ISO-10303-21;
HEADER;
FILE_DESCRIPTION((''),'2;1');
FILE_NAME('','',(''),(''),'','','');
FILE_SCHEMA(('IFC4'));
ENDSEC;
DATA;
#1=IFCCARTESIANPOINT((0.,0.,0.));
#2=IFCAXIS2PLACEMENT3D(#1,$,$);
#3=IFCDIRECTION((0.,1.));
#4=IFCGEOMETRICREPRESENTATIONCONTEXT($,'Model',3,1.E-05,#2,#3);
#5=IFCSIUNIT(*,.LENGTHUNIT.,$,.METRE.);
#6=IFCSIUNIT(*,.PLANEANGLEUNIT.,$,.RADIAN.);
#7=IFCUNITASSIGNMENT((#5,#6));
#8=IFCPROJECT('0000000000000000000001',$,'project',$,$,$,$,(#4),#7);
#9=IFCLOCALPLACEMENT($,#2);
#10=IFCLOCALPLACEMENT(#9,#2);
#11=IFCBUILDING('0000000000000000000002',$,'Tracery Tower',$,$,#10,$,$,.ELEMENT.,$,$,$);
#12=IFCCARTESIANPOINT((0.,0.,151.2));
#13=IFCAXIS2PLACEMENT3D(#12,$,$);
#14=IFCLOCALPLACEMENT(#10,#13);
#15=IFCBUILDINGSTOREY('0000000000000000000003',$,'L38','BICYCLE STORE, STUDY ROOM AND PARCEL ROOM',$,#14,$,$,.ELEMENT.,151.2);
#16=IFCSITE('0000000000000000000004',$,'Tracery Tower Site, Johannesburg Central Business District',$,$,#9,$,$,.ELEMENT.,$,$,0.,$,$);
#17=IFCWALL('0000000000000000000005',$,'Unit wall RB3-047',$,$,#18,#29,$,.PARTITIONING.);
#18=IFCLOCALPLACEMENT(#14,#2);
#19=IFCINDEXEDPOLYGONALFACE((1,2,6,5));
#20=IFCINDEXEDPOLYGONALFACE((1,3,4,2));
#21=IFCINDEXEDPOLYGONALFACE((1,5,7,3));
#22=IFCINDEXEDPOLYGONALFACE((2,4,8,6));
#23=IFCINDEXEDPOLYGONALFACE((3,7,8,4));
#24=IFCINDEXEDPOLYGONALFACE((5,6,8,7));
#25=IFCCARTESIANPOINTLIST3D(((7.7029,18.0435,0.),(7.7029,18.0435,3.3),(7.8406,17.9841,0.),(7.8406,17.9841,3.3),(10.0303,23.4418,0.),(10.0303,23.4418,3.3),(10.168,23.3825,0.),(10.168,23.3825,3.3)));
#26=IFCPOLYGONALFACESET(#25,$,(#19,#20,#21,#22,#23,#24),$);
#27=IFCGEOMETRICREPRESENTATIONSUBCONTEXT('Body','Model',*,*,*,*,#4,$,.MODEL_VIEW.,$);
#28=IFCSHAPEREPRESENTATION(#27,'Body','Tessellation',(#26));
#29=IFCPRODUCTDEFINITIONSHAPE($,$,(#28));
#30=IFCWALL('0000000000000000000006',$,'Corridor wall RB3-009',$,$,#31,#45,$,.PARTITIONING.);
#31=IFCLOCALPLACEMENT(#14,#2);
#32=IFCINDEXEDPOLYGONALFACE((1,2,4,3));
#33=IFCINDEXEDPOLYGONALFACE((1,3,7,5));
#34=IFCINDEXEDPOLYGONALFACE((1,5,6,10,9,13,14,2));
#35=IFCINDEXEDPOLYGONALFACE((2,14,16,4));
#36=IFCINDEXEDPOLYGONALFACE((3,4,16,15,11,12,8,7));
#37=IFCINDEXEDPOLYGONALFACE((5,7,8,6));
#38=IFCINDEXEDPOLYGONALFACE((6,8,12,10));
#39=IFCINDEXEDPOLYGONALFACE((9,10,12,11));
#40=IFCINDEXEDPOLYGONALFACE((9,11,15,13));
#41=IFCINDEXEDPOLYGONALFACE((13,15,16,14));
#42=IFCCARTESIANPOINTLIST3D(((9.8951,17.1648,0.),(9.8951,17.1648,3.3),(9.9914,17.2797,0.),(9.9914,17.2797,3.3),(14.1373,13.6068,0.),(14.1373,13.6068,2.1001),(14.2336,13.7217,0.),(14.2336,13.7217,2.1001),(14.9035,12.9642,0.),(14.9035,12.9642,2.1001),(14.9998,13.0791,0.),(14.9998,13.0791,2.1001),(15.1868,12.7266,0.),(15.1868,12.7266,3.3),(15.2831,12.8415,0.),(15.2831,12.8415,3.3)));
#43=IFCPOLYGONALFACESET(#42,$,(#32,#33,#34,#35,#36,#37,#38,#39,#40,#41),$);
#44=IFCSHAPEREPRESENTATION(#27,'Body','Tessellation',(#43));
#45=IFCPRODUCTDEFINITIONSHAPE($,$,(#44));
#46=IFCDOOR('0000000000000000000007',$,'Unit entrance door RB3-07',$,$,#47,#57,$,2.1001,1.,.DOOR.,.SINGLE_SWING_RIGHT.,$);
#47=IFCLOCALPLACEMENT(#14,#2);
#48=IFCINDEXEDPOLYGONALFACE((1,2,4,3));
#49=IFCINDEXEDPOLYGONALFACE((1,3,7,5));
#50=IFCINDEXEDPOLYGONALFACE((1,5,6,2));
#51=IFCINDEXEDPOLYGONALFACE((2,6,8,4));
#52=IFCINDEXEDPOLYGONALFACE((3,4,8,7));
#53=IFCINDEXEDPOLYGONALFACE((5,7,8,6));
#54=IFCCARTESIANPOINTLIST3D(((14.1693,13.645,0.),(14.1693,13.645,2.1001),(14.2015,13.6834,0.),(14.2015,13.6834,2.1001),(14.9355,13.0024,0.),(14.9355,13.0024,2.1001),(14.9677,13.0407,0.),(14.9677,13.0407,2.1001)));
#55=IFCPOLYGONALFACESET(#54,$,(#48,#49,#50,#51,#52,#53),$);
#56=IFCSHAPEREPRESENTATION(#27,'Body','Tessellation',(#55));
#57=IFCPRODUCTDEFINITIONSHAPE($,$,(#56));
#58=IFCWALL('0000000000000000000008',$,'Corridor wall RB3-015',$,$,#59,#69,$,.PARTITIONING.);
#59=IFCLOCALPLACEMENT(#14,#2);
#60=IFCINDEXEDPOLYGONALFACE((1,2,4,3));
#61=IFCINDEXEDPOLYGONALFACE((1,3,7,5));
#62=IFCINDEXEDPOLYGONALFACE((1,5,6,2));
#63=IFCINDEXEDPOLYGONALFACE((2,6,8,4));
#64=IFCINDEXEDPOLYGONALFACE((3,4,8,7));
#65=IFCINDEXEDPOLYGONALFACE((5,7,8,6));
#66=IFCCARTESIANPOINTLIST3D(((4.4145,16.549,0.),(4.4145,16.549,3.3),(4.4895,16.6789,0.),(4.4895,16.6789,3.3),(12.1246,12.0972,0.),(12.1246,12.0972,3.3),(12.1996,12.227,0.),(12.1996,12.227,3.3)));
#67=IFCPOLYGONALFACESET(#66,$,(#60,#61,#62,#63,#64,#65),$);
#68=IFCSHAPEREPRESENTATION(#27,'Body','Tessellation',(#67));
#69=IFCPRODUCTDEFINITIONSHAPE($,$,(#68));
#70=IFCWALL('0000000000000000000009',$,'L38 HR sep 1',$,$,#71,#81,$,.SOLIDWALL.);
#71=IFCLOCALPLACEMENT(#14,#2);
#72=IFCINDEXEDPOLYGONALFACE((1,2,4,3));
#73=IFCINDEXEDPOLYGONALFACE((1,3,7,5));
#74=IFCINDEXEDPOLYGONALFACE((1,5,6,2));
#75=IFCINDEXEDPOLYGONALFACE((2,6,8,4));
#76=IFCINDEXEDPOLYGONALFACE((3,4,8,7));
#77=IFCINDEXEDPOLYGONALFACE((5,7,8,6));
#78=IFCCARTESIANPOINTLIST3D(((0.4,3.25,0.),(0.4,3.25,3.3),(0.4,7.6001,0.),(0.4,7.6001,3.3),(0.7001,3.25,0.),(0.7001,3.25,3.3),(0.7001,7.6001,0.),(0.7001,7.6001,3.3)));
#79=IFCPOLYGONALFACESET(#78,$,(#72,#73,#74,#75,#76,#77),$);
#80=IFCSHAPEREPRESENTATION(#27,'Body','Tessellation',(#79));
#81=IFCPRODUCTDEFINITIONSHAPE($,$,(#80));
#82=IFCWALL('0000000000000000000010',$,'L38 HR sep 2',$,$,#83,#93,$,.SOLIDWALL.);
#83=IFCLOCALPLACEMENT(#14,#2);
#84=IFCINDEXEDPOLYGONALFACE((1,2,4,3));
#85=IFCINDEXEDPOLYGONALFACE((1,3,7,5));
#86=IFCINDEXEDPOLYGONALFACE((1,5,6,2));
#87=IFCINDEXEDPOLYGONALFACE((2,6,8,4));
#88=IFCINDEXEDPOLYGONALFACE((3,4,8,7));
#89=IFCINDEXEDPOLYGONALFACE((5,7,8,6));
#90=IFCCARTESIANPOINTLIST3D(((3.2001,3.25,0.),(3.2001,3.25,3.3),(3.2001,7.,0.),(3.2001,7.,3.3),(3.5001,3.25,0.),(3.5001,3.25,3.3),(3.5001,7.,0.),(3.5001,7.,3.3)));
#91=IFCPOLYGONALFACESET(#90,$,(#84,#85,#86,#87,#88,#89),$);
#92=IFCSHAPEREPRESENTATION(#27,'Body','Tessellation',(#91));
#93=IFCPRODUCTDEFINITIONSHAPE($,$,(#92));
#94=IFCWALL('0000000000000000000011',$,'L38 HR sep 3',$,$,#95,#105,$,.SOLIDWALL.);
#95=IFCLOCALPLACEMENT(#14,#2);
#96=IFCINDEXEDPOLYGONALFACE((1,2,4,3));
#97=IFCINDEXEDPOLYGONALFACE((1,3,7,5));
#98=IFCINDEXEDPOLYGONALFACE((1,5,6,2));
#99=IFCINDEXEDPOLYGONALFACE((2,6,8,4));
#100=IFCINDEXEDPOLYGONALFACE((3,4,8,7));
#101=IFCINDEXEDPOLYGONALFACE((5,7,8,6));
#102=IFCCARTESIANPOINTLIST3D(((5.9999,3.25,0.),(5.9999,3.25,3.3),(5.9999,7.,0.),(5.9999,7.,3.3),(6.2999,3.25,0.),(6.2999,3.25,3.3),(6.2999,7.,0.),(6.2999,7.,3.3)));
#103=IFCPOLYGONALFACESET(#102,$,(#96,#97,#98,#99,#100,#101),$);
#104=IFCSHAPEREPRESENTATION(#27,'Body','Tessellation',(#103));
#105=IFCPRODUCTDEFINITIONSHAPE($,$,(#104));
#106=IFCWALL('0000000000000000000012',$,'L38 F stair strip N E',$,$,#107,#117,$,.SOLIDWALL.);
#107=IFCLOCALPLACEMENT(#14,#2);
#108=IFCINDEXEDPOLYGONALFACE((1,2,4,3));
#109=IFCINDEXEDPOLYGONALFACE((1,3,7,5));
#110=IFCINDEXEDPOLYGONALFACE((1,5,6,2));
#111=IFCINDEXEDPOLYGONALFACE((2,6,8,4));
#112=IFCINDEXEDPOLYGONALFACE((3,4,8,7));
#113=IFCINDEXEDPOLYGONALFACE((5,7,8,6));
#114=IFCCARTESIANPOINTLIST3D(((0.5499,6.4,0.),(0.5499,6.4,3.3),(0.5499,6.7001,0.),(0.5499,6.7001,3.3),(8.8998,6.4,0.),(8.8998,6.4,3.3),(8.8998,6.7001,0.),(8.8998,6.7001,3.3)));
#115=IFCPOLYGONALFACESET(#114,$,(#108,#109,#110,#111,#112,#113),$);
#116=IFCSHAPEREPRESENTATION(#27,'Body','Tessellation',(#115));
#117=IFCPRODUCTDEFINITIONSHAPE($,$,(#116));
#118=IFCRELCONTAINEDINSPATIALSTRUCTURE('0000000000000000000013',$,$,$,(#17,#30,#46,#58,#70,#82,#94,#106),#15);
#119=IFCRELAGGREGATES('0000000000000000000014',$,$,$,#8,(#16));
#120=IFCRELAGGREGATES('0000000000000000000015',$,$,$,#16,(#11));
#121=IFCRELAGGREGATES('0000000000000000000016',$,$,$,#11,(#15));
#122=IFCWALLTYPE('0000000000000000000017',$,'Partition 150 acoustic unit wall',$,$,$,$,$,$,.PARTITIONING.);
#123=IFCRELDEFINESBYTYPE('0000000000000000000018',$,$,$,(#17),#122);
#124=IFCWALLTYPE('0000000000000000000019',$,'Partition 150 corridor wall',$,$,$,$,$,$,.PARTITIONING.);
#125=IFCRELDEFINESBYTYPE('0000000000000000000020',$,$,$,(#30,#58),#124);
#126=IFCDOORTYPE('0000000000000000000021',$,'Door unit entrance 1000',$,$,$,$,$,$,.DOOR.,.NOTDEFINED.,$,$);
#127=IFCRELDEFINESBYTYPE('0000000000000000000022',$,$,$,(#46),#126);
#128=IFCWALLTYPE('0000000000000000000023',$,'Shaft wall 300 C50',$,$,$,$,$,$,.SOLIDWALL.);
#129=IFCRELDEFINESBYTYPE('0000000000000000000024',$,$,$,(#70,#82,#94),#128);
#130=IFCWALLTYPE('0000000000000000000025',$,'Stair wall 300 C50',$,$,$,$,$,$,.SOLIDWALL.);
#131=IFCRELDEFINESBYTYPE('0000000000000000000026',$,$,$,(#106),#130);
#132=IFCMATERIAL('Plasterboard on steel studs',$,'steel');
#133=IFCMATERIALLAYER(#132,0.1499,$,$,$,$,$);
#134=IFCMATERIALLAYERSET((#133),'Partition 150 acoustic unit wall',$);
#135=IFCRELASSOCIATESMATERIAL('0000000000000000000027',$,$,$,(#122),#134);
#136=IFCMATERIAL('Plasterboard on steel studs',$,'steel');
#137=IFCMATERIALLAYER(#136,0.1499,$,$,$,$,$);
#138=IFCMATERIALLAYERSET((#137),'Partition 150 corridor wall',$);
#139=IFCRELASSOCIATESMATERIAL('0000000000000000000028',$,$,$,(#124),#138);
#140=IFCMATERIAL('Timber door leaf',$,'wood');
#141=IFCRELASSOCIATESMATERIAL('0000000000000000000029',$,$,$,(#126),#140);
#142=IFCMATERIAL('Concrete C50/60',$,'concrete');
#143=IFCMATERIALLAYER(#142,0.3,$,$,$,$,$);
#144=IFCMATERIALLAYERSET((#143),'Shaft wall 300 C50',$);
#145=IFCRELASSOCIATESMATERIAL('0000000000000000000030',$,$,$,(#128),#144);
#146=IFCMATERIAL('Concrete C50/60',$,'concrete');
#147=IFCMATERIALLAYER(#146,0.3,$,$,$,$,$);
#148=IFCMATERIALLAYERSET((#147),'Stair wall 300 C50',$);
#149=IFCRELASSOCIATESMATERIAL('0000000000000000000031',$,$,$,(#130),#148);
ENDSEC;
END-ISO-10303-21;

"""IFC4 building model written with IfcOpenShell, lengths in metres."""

from ifc_helpers import new_model, si_unit, direction, frame, frame_2d, origin, place, context, subcontext, project, spatial, rectangle, extrude, material, layer, layer_set, type_object, element, fill, save


model = new_model("IFC4")

# Units and contexts
model_context = context("Model", 3, precision=1e-05, world=origin(), true_north=direction((0.0, 1.0)))
body_context = subcontext(model_context, "Body", "Model", "MODEL_VIEW")
ifc_project = project(units=[si_unit("LENGTHUNIT", "METRE"), si_unit("PLANEANGLEUNIT", "RADIAN")], contexts=[model_context])

# Site, building, storey
site_placement = place(None, origin())
site = spatial("IfcSite", under=ifc_project, at=site_placement, Name="Tracery Tower Site, Johannesburg Central Business District", CompositionType="ELEMENT", RefElevation=0.0)
building_placement = place(site_placement, origin())
building = spatial("IfcBuilding", under=site, at=building_placement, Name="Tracery Tower", CompositionType="ELEMENT")
storey_placement = place(building_placement, frame((0.0, 0.0, 151.2)))
storey = spatial("IfcBuildingStorey", under=building, at=storey_placement, Name="L38", Description="BICYCLE STORE, STUDY ROOM AND PARCEL ROOM", CompositionType="ELEMENT", Elevation=151.2)

# Wall
ifc_material_1 = material(Name="Plasterboard on steel studs", Category="steel")
ifc_layer_1 = layer(ifc_material_1, 0.1499)
ifc_layer_set_1 = layer_set([ifc_layer_1], Name="Partition 150 acoustic unit wall")
wall_type_1 = type_object("IfcWallType", Name="Partition 150 acoustic unit wall", PredefinedType="PARTITIONING", material=ifc_layer_set_1)
wall_1_placement = place(storey_placement, frame((7.7717, 18.0137, 0.0), z_axis=(0.0, 0.0, 1.0), x_axis=(0.395898, 0.918294, 0.0)))
element("IfcWall", 1, at=wall_1_placement, inside=storey, type_object=wall_type_1, Name="Unit wall RB3-047", PredefinedType="PARTITIONING", context=body_context, shape_type="SweptSolid", body=[
    extrude(rectangle(XDim=5.8787, YDim=0.1499, at=frame_2d((2.9395, 0.0))), origin(), (0.0, 0.0, 1.0), 3.3),
])

# Wall, opening, door
ifc_material_2 = material(Name="Plasterboard on steel studs", Category="steel")
ifc_layer_2 = layer(ifc_material_2, 0.1499)
ifc_layer_set_2 = layer_set([ifc_layer_2], Name="Partition 150 corridor wall")
wall_type_2 = type_object("IfcWallType", Name="Partition 150 corridor wall", PredefinedType="PARTITIONING", material=ifc_layer_set_2)
wall_2_placement = place(storey_placement, frame((9.9434, 17.2222, 0.0), z_axis=(0.0, 0.0, 1.0), x_axis=(0.766192, -0.642612, 0.0)))
wall_2 = element("IfcWall", 2, at=wall_2_placement, inside=storey, type_object=wall_type_2, Name="Corridor wall RB3-009", PredefinedType="PARTITIONING", context=body_context, shape_type="SweptSolid", body=[
    extrude(rectangle(XDim=6.9065, YDim=0.1499, at=frame_2d((3.4531, 0.0))), origin(), (0.0, 0.0, 1.0), 3.3),
])
opening_1_placement = place(wall_2_placement, frame((5.5366, 0.0, 0.0)))
opening_1 = element("IfcOpeningElement", 3, at=opening_1_placement, cuts=wall_2, PredefinedType="OPENING", context=body_context, shape_type="SweptSolid", body=[
    extrude(rectangle(XDim=1.0, YDim=2.1001, at=frame_2d((0.5, 1.05))), frame((0.0, 0.075, 0.0), z_axis=(0.0, -1.0, 0.0), x_axis=(1.0, 0.0, 0.0)), (0.0, 0.0, 1.0), 0.1499),
])
ifc_material_3 = material(Name="Timber door leaf", Category="wood")
door_type_1 = type_object("IfcDoorType", Name="Door unit entrance 1000", OperationType="NOTDEFINED", PredefinedType="DOOR", material=ifc_material_3)
door_1_placement = place(opening_1_placement, origin())
door_1 = element("IfcDoor", 4, at=door_1_placement, inside=storey, type_object=door_type_1, Name="Unit entrance door RB3-07", OperationType="SINGLE_SWING_RIGHT", OverallHeight=2.1001, OverallWidth=1.0, PredefinedType="DOOR", context=body_context, shape_type="SweptSolid", body=[
    extrude(rectangle(XDim=1.0, YDim=2.1001, at=frame_2d((0.5, 1.05))), frame((0.0, 0.0249, 0.0), z_axis=(0.0, -1.0, 0.0), x_axis=(1.0, 0.0, 0.0)), (0.0, 0.0, 1.0), 0.05),
])
fill(opening_1, door_1)

# Walls
wall_3_placement = place(storey_placement, frame((4.4519, 16.614, 0.0), z_axis=(0.0, 0.0, 1.0), x_axis=(0.866005, -0.500035, 0.0)))
element("IfcWall", 5, at=wall_3_placement, inside=storey, type_object=wall_type_2, Name="Corridor wall RB3-015", PredefinedType="PARTITIONING", context=body_context, shape_type="SweptSolid", body=[
    extrude(rectangle(XDim=8.9031, YDim=0.1499, at=frame_2d((4.4517, 0.0))), origin(), (0.0, 0.0, 1.0), 3.3),
])
ifc_material_4 = material(Name="Concrete C50/60", Category="concrete")
ifc_layer_3 = layer(ifc_material_4, 0.3)
ifc_layer_set_3 = layer_set([ifc_layer_3], Name="Shaft wall 300 C50")
wall_type_3 = type_object("IfcWallType", Name="Shaft wall 300 C50", PredefinedType="SOLIDWALL", material=ifc_layer_set_3)
wall_4_placement = place(storey_placement, frame((0.55, 3.25, 0.0), z_axis=(0.0, 0.0, 1.0), x_axis=(0.0, 1.0, 0.0)))
element("IfcWall", 6, at=wall_4_placement, inside=storey, type_object=wall_type_3, Name="L38 HR sep 1", PredefinedType="SOLIDWALL", context=body_context, shape_type="SweptSolid", body=[
    extrude(rectangle(XDim=4.3501, YDim=0.3, at=frame_2d((2.175, 0.0))), origin(), (0.0, 0.0, 1.0), 3.3),
])
for number, where, z_axis, x_axis, name in (
    (7, (3.3501, 3.25, 0.0), (0.0, 0.0, 1.0), (0.0, 1.0, 0.0), "L38 HR sep 2"),
    (8, (6.1499, 3.25, 0.0), (0.0, 0.0, 1.0), (0.0, 1.0, 0.0), "L38 HR sep 3"),
):
    element("IfcWall", number, at=place(storey_placement, frame(where, z_axis=z_axis, x_axis=x_axis)), inside=storey, type_object=wall_type_3, Name=name, PredefinedType="SOLIDWALL", context=body_context, shape_type="SweptSolid", body=[
        extrude(rectangle(XDim=3.75, YDim=0.3, at=frame_2d((1.875, 0.0))), origin(), (0.0, 0.0, 1.0), 3.3),
    ])

# Wall
ifc_material_5 = material(Name="Concrete C50/60", Category="concrete")
ifc_layer_4 = layer(ifc_material_5, 0.3)
ifc_layer_set_4 = layer_set([ifc_layer_4], Name="Stair wall 300 C50")
wall_type_4 = type_object("IfcWallType", Name="Stair wall 300 C50", PredefinedType="SOLIDWALL", material=ifc_layer_set_4)
wall_5_placement = place(storey_placement, frame((0.55, 6.55, 0.0), z_axis=(0.0, 0.0, 1.0), x_axis=(1.0, 0.0, 0.0)))
element("IfcWall", 9, at=wall_5_placement, inside=storey, type_object=wall_type_4, Name="L38 F stair strip N E", PredefinedType="SOLIDWALL", context=body_context, shape_type="SweptSolid", body=[
    extrude(rectangle(XDim=8.3499, YDim=0.3, at=frame_2d((4.1748, 0.0))), origin(), (0.0, 0.0, 1.0), 3.3),
])

save(model, "model.ifc")
